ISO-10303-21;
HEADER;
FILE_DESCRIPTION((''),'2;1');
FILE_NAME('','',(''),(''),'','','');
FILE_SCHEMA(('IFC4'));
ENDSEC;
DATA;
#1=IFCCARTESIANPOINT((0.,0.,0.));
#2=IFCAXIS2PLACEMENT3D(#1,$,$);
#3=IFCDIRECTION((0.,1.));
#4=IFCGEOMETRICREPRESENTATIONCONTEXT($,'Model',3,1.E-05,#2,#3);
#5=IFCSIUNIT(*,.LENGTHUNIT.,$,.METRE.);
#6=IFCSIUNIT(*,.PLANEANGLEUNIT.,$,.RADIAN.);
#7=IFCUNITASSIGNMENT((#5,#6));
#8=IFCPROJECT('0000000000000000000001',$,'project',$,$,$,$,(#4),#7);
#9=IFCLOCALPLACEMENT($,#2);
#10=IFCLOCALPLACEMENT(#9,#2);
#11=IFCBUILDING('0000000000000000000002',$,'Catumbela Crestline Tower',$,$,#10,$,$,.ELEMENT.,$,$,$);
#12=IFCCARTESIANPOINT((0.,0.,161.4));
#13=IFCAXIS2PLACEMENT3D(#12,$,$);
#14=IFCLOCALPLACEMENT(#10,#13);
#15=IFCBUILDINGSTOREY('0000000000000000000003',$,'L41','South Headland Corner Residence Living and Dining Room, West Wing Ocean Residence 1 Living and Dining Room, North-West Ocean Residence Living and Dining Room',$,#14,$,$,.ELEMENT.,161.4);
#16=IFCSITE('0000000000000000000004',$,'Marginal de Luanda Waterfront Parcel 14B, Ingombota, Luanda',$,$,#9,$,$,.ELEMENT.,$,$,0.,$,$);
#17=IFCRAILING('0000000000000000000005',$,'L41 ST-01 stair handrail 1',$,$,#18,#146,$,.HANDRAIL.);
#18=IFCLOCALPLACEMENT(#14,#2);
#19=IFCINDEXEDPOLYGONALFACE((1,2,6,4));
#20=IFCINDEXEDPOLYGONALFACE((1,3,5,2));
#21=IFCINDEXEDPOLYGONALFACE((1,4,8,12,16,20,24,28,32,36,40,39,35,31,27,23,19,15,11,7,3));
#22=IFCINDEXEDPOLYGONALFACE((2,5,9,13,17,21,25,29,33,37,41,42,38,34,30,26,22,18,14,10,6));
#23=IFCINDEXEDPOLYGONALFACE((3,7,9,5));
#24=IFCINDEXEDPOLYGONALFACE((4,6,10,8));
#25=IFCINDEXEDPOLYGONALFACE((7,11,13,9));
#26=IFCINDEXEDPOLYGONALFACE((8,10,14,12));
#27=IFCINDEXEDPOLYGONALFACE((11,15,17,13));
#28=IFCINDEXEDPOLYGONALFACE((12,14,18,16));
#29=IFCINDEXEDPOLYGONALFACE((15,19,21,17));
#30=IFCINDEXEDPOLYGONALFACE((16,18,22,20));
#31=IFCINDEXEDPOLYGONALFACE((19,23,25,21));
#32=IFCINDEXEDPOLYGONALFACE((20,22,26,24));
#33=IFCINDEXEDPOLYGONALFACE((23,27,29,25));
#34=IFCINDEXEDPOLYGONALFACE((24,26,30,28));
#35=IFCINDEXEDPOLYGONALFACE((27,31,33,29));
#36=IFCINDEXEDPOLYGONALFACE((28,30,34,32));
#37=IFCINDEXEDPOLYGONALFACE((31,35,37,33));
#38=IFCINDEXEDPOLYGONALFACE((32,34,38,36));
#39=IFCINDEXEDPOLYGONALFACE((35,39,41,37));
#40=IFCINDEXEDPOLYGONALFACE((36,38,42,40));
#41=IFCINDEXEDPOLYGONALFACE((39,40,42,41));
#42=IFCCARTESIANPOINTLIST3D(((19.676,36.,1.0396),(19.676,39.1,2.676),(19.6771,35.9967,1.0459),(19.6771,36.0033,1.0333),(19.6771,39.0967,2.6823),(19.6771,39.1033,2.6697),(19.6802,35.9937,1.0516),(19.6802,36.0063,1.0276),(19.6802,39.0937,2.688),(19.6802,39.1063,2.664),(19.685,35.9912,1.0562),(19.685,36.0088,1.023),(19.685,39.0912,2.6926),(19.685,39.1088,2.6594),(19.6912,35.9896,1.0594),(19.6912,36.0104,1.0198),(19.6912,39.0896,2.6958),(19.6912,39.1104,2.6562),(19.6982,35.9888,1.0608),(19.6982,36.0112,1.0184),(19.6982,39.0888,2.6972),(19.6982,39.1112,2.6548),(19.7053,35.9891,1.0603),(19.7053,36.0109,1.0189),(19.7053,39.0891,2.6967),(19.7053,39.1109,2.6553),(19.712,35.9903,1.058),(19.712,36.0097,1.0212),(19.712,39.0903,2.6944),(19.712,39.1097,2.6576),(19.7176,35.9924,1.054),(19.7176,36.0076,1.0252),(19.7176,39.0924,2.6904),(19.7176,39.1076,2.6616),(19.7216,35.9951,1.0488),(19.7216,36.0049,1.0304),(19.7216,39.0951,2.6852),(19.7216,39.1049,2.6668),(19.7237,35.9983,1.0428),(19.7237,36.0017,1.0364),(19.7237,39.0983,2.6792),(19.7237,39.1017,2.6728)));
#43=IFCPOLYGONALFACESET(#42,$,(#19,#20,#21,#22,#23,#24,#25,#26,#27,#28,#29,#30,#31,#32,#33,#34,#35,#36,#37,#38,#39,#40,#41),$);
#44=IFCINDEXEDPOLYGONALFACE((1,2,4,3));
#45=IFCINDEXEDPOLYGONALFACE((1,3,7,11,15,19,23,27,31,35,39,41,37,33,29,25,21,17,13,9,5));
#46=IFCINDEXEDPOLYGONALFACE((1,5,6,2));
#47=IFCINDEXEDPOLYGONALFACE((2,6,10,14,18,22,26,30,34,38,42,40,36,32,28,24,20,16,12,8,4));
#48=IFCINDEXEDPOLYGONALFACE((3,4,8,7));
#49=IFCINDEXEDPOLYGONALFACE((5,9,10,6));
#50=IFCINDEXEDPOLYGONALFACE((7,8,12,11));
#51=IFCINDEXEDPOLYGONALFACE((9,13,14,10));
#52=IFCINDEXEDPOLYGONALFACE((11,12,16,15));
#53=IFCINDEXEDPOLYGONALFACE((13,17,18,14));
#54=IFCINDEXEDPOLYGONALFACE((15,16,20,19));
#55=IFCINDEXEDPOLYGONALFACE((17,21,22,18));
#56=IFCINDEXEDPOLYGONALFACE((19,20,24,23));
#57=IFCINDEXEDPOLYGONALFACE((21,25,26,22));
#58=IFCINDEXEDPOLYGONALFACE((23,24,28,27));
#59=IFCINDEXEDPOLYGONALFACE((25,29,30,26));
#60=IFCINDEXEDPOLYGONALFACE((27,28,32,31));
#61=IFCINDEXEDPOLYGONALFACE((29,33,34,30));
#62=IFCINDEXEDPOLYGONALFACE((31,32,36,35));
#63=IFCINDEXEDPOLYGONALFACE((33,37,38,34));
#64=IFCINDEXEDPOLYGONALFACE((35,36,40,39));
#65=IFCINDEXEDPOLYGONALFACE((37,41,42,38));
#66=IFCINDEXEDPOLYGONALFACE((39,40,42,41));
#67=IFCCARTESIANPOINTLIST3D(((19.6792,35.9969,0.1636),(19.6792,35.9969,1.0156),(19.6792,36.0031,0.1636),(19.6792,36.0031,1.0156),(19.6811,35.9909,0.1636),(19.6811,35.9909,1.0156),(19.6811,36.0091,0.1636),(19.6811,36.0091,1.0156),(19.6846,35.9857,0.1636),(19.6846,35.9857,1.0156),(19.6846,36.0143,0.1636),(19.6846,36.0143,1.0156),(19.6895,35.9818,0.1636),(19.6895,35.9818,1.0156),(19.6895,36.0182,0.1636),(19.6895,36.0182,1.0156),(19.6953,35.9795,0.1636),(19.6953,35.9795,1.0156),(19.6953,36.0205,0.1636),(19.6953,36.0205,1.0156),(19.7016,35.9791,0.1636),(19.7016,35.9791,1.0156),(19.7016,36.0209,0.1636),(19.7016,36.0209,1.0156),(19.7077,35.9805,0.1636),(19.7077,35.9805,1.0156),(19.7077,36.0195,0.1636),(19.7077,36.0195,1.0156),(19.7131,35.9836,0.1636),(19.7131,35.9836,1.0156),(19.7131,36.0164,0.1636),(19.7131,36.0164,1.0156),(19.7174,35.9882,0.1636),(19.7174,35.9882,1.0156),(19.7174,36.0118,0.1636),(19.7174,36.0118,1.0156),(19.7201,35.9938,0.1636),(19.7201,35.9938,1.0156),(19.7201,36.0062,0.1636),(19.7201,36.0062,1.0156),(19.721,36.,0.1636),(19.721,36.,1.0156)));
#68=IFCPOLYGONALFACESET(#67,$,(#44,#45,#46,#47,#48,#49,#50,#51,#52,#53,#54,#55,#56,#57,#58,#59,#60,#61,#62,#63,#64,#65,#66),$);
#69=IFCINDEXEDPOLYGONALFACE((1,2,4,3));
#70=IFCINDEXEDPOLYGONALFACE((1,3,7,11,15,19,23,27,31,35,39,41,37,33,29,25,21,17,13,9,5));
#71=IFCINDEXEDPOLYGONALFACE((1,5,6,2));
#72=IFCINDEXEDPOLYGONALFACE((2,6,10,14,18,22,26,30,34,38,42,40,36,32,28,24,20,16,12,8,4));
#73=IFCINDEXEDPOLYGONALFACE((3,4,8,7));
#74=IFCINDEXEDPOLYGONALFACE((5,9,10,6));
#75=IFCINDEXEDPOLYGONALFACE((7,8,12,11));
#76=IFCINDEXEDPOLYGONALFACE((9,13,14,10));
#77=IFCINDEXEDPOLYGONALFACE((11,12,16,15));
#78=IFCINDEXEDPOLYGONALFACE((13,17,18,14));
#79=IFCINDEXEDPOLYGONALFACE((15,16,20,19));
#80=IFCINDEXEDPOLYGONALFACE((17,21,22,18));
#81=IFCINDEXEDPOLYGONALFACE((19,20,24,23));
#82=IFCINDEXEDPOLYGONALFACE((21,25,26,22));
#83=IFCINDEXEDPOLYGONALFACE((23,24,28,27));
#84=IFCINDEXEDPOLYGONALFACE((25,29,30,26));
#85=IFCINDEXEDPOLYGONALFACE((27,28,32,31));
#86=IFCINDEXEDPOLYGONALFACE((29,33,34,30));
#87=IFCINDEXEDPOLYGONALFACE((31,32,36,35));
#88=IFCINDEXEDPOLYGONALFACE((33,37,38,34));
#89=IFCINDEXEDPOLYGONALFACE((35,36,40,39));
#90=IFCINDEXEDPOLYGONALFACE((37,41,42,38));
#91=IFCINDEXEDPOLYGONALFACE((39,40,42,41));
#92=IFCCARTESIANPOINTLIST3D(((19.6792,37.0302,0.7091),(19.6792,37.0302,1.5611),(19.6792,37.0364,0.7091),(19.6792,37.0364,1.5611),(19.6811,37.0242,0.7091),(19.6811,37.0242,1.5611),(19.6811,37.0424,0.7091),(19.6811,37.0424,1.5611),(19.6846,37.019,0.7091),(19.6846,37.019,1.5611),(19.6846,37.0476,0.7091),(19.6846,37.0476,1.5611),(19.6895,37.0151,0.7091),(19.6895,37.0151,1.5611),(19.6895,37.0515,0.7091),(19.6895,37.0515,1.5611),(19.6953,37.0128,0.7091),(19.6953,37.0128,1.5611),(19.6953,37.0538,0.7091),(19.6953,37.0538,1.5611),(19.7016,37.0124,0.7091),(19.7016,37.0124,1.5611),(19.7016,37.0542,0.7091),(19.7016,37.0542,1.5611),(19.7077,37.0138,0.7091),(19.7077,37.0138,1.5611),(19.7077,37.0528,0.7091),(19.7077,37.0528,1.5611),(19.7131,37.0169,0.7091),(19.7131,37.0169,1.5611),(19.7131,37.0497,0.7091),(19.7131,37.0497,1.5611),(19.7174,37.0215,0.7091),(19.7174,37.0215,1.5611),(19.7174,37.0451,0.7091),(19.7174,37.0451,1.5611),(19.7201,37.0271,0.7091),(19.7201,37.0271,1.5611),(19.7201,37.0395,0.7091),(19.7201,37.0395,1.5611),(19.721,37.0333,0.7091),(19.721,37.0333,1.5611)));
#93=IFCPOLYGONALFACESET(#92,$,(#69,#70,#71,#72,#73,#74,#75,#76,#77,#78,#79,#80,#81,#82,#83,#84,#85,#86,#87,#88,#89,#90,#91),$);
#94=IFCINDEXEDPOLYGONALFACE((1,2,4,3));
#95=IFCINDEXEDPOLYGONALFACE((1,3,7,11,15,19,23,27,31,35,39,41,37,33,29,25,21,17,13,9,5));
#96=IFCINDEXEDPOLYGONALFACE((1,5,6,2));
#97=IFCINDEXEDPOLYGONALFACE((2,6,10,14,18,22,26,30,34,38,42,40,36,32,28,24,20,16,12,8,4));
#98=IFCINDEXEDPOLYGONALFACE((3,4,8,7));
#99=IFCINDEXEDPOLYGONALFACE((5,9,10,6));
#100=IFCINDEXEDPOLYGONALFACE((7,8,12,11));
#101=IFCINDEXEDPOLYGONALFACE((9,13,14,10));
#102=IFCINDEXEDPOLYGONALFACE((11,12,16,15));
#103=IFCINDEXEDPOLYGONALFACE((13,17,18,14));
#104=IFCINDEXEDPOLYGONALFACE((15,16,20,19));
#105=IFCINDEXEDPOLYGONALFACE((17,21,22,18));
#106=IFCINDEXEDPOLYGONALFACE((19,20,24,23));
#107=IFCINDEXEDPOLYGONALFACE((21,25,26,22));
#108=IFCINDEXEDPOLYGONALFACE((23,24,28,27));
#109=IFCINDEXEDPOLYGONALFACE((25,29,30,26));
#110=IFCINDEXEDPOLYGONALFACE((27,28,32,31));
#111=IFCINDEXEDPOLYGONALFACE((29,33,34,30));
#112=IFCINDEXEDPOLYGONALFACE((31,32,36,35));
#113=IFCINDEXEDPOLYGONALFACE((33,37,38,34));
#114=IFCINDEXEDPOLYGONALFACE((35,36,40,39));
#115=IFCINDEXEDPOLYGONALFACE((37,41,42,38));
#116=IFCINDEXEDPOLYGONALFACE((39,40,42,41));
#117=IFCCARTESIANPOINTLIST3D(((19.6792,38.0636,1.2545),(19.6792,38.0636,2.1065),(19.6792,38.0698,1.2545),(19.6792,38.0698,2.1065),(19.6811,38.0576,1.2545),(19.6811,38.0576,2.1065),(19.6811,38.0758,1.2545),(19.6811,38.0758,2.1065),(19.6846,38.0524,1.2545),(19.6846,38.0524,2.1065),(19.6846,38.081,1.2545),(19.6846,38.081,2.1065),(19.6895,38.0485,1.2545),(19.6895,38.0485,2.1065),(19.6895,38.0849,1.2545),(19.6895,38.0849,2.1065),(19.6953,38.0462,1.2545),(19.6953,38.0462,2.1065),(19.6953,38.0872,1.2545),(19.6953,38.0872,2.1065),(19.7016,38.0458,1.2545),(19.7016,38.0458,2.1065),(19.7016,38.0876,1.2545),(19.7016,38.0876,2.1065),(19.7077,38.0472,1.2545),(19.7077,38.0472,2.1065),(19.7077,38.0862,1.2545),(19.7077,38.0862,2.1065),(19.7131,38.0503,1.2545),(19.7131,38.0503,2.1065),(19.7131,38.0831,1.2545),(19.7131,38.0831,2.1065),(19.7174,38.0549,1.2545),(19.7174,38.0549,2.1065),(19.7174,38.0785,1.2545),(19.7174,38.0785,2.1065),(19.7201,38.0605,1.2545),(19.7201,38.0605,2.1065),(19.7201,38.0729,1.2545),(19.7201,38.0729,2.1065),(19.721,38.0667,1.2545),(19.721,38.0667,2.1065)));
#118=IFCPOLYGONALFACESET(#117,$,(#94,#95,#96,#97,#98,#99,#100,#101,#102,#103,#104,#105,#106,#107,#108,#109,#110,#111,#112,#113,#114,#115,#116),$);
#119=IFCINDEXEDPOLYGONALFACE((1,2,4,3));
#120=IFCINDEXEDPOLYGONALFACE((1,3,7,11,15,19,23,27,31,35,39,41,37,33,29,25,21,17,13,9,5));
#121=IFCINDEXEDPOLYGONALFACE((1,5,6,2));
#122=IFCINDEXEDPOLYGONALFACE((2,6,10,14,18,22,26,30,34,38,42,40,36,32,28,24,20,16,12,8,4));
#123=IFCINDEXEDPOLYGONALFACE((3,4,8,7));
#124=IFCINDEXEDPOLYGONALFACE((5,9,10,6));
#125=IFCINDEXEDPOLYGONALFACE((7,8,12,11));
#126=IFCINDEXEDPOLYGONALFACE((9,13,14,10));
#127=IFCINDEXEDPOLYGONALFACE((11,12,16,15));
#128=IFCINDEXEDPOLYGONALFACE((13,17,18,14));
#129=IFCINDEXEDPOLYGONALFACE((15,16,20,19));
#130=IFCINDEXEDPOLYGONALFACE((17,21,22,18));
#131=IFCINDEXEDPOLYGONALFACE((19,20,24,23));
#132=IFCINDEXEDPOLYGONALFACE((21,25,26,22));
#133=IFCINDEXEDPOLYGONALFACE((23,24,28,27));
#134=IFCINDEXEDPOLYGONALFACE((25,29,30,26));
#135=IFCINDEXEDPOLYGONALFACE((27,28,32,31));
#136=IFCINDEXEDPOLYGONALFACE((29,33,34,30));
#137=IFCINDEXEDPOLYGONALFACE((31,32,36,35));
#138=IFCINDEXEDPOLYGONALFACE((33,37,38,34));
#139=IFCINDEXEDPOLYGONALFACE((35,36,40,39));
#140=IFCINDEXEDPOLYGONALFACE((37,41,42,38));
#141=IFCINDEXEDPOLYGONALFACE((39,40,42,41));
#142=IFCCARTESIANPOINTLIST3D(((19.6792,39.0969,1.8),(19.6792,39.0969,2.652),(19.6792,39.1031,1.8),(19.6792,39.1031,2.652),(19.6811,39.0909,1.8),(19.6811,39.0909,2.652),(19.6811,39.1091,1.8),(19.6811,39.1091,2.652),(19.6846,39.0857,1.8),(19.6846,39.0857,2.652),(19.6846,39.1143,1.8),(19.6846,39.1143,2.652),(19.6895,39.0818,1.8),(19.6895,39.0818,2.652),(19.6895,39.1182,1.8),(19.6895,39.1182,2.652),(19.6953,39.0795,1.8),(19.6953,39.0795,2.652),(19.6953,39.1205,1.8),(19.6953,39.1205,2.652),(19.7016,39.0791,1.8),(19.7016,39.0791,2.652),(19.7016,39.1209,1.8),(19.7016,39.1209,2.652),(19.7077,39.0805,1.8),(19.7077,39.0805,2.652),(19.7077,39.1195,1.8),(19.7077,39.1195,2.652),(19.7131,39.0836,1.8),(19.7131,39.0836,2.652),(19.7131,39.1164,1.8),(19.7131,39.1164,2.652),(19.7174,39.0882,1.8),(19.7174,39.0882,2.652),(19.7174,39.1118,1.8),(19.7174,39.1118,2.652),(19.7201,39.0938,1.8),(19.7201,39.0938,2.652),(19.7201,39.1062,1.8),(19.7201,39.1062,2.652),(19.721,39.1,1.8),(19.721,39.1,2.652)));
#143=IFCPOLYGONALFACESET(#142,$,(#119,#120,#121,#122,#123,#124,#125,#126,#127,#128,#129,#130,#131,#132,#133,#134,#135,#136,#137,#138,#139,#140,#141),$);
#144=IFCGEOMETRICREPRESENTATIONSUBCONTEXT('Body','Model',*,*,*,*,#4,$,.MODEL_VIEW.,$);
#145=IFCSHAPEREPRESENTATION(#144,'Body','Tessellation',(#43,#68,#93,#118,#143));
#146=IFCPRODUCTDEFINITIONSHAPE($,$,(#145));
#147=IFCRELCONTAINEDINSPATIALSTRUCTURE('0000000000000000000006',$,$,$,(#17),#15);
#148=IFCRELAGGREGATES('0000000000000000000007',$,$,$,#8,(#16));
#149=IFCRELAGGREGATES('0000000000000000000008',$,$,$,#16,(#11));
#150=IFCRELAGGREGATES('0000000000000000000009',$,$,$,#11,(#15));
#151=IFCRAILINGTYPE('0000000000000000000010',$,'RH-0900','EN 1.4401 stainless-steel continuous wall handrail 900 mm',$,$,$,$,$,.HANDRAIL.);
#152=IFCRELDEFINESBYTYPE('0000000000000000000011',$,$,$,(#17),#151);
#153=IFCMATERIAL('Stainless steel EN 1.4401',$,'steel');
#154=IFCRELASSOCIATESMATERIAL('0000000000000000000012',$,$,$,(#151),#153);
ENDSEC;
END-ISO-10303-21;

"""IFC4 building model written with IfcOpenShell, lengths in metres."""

from ifc_helpers import new_model, si_unit, direction, frame, origin, origin_2d, place, context, subcontext, project, spatial, circle, extrude, material, type_object, element, save


model = new_model("IFC4")

# Units and contexts
model_context = context("Model", 3, precision=1e-05, world=origin(), true_north=direction((0.0, 1.0)))
body_context = subcontext(model_context, "Body", "Model", "MODEL_VIEW")
ifc_project = project(units=[si_unit("LENGTHUNIT", "METRE"), si_unit("PLANEANGLEUNIT", "RADIAN")], contexts=[model_context])

# Site, building, storey
site_placement = place(None, origin())
site = spatial("IfcSite", under=ifc_project, at=site_placement, Name="Marginal de Luanda Waterfront Parcel 14B, Ingombota, Luanda", CompositionType="ELEMENT", RefElevation=0.0)
building_placement = place(site_placement, origin())
building = spatial("IfcBuilding", under=site, at=building_placement, Name="Catumbela Crestline Tower", CompositionType="ELEMENT")
storey_placement = place(building_placement, frame((0.0, 0.0, 161.4)))
storey = spatial("IfcBuildingStorey", under=building, at=storey_placement, Name="L41", Description="South Headland Corner Residence Living and Dining Room, West Wing Ocean Residence 1 Living and Dining Room, North-West Ocean Residence Living and Dining Room", CompositionType="ELEMENT", Elevation=161.4)

# Shared definitions
ifc_material_1 = material(Name="Stainless steel EN 1.4401", Category="steel")

# Railing
railing_type_1 = type_object("IfcRailingType", Name="RH-0900", Description="EN 1.4401 stainless-steel continuous wall handrail 900 mm", PredefinedType="HANDRAIL", material=ifc_material_1)
railing_1_placement = place(storey_placement, frame((19.7, 36.0, 0.1636)))
element("IfcRailing", 1, at=railing_1_placement, inside=storey, type_object=railing_type_1, Name="L41 ST-01 stair handrail 1", PredefinedType="HANDRAIL", context=body_context, shape_type="SweptSolid", body=[
    extrude(circle(Radius=0.024, at=origin_2d()), frame((0.0, 0.0, 0.876), z_axis=(0.0, 0.884351, 0.466823), x_axis=(-1.0, 0.0, 0.0)), (0.0, 0.0, 1.0), 3.5054),
    extrude(circle(Radius=0.021, at=origin_2d()), origin(), (0.0, 0.0, 1.0), 0.852),
    extrude(circle(Radius=0.021, at=origin_2d()), frame((0.0, 1.0333, 0.5455)), (0.0, 0.0, 1.0), 0.852),
    extrude(circle(Radius=0.021, at=origin_2d()), frame((0.0, 2.0667, 1.0909)), (0.0, 0.0, 1.0), 0.852),
    extrude(circle(Radius=0.021, at=origin_2d()), frame((0.0, 3.1, 1.6364)), (0.0, 0.0, 1.0), 0.852),
])

save(model, "model.ifc")
